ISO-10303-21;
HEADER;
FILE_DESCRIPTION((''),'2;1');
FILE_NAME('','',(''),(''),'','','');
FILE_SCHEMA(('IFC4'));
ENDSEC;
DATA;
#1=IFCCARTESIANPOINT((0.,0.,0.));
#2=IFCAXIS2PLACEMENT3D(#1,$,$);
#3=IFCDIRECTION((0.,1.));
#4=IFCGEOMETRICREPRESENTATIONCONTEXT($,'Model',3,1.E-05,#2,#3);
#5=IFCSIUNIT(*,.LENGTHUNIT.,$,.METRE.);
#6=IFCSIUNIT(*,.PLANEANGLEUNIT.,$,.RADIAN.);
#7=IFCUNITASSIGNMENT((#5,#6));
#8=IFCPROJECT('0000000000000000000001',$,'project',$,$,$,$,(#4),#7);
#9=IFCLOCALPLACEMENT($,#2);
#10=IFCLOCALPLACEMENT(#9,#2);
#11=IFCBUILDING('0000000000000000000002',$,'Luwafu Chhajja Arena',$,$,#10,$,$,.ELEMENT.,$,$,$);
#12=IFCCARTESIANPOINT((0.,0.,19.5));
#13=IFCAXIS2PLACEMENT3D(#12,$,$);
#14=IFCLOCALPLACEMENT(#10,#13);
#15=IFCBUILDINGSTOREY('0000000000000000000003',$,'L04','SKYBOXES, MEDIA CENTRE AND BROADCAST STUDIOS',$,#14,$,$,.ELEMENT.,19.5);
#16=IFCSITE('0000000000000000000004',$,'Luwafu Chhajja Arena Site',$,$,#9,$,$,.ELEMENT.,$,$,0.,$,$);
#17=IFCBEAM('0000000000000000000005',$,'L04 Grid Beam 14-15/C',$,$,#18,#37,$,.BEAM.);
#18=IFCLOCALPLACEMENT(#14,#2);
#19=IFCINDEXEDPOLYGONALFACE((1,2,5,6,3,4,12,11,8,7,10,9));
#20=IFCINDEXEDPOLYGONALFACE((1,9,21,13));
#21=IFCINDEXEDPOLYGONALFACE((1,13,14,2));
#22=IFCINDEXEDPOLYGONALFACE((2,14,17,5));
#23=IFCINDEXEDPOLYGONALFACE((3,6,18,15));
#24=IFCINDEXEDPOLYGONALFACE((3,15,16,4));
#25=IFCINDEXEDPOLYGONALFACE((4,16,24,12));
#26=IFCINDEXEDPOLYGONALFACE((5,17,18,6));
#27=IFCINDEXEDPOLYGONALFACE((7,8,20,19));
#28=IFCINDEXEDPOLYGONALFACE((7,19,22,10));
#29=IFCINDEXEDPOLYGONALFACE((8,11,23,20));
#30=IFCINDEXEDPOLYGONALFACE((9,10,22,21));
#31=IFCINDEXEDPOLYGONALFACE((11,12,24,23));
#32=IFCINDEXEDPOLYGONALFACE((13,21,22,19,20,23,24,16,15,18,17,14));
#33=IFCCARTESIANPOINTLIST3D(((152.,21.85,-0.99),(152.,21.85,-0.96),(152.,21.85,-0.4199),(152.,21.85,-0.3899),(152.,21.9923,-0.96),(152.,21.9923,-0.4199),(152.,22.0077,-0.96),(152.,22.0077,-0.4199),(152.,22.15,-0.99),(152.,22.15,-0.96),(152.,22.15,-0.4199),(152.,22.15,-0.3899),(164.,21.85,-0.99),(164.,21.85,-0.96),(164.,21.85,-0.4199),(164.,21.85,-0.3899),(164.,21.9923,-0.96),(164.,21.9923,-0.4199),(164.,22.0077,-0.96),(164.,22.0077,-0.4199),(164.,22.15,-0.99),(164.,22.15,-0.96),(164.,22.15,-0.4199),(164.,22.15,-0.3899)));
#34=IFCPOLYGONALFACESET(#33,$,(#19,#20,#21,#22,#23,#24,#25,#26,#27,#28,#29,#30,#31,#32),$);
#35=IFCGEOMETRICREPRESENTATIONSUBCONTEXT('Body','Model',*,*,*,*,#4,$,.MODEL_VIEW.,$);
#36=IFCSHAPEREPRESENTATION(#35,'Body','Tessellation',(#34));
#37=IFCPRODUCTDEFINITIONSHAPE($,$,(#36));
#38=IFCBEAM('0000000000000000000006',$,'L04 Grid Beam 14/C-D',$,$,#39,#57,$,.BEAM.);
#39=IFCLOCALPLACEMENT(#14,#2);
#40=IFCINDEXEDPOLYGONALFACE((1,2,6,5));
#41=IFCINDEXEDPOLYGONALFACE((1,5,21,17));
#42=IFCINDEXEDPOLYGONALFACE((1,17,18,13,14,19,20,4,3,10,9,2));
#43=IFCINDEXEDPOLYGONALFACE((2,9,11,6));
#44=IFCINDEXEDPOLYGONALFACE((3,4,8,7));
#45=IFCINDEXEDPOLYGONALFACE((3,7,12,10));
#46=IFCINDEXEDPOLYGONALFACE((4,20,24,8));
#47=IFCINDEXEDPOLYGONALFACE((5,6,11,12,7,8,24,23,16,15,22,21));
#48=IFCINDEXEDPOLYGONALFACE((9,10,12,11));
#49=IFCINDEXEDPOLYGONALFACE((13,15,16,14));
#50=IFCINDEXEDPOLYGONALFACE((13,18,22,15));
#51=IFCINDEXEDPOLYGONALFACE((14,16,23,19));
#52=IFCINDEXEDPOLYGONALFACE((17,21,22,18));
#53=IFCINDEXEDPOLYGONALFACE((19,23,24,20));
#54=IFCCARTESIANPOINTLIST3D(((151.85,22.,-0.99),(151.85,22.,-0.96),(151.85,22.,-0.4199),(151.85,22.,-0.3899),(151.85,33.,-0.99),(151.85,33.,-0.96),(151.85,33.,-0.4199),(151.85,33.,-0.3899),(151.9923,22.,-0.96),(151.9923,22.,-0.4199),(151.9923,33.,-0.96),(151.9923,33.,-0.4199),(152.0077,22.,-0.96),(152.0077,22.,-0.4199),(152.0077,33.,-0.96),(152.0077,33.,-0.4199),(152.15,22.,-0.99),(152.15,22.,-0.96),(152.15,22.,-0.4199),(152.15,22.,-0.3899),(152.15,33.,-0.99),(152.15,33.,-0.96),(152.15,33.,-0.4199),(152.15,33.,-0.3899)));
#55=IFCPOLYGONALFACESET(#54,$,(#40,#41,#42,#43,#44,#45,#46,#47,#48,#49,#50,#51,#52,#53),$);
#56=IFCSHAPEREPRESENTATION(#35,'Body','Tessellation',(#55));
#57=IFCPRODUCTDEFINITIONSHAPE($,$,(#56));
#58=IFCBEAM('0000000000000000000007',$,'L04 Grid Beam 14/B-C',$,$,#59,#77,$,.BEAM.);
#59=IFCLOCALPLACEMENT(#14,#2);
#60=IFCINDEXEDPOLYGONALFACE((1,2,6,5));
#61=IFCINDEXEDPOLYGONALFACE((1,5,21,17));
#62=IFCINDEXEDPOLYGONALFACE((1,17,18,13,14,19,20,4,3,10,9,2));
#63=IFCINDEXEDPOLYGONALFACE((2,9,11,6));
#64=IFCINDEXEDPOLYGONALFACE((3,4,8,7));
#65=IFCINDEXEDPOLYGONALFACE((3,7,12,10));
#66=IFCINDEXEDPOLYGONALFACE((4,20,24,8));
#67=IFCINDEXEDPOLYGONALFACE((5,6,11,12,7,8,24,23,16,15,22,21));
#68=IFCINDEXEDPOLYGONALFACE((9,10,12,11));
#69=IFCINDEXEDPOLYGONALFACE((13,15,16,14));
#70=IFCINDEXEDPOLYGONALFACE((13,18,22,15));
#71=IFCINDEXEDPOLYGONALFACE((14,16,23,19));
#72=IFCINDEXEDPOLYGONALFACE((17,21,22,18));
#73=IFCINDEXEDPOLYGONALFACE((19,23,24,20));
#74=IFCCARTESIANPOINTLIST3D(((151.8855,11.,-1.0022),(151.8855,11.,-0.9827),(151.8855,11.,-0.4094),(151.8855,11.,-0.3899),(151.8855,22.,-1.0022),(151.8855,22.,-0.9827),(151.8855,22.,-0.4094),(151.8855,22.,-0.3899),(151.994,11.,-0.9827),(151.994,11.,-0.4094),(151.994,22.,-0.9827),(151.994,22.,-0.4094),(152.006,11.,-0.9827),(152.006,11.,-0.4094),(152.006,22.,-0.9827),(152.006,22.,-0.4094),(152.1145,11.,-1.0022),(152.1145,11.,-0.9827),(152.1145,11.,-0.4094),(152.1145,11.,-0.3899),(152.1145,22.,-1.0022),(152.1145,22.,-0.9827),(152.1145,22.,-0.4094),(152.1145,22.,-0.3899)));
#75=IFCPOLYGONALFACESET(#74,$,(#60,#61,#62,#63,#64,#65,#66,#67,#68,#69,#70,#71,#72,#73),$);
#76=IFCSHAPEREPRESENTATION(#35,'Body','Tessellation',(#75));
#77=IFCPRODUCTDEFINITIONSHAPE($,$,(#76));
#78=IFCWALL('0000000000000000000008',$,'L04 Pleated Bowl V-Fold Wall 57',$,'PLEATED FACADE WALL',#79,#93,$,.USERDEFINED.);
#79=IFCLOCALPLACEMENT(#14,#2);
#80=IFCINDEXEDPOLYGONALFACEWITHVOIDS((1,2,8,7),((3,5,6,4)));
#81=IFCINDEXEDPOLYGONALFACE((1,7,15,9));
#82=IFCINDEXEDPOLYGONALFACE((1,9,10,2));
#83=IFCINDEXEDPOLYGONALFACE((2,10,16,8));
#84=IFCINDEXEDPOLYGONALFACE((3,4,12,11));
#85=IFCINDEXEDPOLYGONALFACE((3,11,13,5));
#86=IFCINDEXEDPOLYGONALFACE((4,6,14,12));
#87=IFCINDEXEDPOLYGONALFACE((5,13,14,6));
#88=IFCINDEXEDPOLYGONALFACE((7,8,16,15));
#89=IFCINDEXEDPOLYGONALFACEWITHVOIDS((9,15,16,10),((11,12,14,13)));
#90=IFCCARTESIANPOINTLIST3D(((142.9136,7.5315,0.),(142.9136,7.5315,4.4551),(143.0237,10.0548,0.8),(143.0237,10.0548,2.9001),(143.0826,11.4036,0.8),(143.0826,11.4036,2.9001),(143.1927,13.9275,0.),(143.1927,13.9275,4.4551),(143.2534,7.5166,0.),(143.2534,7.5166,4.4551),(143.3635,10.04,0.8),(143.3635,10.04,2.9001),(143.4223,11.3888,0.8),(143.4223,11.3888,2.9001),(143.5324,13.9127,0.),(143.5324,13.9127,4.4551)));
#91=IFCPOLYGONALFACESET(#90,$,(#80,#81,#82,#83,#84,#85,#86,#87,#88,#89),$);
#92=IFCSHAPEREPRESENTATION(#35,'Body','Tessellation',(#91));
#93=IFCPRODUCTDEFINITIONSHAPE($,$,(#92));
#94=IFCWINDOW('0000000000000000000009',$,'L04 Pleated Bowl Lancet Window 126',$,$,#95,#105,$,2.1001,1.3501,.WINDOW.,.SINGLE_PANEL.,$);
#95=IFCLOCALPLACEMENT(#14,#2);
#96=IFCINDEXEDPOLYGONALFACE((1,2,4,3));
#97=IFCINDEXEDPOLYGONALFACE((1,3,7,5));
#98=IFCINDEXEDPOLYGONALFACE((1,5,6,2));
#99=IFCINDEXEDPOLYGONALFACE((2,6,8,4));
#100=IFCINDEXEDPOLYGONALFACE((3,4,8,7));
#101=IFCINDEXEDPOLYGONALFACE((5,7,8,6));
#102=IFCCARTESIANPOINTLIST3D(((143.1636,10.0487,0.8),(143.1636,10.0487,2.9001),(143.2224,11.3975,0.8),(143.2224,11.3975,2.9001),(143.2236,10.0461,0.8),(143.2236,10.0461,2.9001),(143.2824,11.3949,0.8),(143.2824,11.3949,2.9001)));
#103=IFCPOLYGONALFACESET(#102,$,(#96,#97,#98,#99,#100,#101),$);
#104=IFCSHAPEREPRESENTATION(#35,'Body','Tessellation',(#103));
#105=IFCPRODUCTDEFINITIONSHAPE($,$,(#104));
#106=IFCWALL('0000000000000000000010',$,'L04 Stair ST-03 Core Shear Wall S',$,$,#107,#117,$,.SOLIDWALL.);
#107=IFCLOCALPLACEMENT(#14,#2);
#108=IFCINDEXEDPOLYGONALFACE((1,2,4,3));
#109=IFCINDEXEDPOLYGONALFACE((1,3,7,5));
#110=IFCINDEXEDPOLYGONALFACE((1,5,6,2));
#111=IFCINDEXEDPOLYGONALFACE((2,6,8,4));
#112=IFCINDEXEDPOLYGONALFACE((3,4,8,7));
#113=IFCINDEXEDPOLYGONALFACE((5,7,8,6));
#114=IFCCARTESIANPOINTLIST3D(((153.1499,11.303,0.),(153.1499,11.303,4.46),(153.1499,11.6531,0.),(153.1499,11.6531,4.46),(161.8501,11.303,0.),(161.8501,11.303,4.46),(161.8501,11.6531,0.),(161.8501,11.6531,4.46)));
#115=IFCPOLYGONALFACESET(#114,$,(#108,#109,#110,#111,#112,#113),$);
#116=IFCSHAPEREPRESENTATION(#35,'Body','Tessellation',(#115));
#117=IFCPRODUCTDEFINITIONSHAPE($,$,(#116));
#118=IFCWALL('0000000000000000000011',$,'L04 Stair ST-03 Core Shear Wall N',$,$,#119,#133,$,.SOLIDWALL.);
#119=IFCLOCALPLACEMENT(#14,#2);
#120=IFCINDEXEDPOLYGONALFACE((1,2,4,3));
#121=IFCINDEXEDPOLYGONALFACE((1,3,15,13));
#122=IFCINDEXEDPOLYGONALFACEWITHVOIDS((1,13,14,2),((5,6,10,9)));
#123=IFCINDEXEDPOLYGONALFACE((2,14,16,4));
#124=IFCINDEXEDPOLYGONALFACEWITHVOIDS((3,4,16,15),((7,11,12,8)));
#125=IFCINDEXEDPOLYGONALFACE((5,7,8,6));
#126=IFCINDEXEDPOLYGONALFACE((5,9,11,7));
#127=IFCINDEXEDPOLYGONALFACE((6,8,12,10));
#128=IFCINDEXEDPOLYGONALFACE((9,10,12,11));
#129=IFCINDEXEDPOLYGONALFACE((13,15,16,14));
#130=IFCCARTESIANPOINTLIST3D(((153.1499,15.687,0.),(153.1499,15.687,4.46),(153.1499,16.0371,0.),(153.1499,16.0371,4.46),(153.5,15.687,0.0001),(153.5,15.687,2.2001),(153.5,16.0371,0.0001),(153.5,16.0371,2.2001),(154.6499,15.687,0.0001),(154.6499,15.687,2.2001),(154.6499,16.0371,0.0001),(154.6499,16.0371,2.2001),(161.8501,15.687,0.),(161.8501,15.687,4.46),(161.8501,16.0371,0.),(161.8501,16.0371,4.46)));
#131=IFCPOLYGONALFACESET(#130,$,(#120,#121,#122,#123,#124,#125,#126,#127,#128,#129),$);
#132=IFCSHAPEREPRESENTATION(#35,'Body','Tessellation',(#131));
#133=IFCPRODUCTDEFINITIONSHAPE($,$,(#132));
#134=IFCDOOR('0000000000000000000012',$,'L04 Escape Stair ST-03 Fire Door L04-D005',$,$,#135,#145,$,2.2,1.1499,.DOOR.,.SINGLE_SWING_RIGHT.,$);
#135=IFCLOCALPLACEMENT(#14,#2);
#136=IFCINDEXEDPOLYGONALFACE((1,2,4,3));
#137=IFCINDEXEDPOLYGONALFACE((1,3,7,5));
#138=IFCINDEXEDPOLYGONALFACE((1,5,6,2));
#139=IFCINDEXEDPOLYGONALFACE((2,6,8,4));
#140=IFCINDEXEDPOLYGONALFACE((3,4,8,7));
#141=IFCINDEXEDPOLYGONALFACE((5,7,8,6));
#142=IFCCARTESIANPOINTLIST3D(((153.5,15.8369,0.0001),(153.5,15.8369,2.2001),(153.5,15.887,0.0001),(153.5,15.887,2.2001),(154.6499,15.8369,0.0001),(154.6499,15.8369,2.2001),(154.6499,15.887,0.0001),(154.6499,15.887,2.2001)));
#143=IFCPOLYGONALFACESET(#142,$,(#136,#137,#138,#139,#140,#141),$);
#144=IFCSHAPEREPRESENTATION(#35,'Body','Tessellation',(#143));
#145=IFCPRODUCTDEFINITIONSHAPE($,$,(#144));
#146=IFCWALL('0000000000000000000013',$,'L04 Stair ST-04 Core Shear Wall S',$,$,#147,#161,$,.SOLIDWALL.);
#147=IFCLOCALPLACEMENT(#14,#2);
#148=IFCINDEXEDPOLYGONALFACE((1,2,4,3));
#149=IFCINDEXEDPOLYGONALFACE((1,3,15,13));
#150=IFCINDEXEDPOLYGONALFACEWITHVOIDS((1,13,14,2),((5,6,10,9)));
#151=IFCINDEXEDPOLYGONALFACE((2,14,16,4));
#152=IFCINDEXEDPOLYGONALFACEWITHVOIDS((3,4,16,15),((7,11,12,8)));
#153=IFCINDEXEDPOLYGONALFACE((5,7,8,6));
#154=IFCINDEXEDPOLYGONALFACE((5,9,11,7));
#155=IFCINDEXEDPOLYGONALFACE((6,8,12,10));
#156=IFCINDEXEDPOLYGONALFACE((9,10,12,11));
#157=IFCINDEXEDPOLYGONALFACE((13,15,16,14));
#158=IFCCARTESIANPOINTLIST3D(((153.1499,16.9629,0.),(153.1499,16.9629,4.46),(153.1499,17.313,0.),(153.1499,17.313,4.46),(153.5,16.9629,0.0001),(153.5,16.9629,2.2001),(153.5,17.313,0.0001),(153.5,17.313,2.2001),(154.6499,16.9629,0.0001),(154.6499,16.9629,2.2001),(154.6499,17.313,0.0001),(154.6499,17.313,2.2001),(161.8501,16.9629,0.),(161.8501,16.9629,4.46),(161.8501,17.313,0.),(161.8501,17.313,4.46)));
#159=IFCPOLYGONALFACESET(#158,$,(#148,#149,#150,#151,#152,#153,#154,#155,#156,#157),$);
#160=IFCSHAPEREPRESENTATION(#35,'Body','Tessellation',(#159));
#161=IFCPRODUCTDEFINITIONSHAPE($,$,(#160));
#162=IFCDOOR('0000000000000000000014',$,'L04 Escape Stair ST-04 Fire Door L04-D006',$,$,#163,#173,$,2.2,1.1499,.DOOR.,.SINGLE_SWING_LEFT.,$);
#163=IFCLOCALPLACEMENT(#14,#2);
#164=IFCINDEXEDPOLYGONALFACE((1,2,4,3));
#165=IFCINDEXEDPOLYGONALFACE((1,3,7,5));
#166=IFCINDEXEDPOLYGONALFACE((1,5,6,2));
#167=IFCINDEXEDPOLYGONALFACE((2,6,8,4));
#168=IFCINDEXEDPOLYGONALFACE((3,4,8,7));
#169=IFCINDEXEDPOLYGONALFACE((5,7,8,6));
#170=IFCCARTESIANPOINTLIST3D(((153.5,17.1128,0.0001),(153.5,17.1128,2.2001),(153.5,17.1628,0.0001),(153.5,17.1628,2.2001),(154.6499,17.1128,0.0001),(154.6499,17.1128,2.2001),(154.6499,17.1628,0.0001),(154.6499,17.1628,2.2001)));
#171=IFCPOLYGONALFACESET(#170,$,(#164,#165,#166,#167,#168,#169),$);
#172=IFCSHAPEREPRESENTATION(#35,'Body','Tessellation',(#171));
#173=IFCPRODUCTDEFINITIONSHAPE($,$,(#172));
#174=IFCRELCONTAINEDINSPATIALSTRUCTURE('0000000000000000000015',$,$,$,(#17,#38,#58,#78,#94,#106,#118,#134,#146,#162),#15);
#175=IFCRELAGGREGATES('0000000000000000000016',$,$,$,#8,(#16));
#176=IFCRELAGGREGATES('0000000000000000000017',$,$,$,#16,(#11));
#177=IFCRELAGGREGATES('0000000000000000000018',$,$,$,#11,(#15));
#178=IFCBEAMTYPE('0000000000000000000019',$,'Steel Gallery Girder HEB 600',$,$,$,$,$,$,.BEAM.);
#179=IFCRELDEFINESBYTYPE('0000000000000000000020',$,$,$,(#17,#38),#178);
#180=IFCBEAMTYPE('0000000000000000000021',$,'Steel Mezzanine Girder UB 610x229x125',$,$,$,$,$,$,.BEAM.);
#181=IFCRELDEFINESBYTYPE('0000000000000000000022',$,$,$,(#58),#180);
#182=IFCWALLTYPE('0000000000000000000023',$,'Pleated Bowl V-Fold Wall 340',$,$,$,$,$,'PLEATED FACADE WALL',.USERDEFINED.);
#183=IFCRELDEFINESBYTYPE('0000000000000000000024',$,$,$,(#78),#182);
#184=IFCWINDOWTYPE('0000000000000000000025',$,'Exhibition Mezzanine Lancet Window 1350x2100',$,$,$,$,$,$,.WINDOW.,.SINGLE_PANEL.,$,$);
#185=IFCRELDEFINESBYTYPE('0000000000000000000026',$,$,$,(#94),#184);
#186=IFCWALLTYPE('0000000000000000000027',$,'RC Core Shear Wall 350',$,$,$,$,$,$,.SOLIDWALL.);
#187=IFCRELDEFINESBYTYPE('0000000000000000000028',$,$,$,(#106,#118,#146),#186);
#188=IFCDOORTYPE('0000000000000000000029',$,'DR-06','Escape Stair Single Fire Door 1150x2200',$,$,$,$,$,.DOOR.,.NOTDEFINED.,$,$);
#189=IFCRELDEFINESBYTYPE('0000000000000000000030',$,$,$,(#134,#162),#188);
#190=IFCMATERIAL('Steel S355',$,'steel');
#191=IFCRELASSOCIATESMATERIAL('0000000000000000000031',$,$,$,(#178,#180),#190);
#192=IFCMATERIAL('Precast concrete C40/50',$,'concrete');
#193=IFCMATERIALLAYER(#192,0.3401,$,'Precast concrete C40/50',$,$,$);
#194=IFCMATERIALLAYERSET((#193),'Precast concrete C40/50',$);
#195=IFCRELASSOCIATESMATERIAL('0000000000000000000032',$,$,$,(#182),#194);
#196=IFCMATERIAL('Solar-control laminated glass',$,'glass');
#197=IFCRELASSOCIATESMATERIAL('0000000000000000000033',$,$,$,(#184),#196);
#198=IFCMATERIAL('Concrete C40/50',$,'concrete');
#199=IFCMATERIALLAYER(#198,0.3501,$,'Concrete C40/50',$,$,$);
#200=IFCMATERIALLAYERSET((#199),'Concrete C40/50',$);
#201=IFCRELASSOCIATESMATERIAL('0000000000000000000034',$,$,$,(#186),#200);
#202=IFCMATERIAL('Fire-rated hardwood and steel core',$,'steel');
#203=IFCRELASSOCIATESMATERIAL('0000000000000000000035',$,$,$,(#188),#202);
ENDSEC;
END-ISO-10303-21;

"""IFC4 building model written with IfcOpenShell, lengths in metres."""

from ifc_helpers import new_model, si_unit, direction, frame, frame_2d, origin, origin_2d, place, context, subcontext, project, spatial, rectangle, i_section, extrude, material, layer, layer_set, material_profile, profile_set, type_object, element, fill, save


model = new_model("IFC4")

# Units and contexts
model_context = context("Model", 3, precision=1e-05, world=origin(), true_north=direction((0.0, 1.0)))
body_context = subcontext(model_context, "Body", "Model", "MODEL_VIEW")
ifc_project = project(units=[si_unit("LENGTHUNIT", "METRE"), si_unit("PLANEANGLEUNIT", "RADIAN")], contexts=[model_context])

# Site, building, storey
site_placement = place(None, origin())
site = spatial("IfcSite", under=ifc_project, at=site_placement, Name="Luwafu Chhajja Arena Site", CompositionType="ELEMENT", RefElevation=0.0)
building_placement = place(site_placement, origin())
building = spatial("IfcBuilding", under=site, at=building_placement, Name="Luwafu Chhajja Arena", CompositionType="ELEMENT")
storey_placement = place(building_placement, frame((0.0, 0.0, 19.5)))
storey = spatial("IfcBuildingStorey", under=building, at=storey_placement, Name="L04", Description="SKYBOXES, MEDIA CENTRE AND BROADCAST STUDIOS", CompositionType="ELEMENT", Elevation=19.5)

# Shared definitions
ifc_material_1 = material(Name="Steel S355", Category="steel")

# Beams
ifc_material_profile_1 = material_profile(ifc_material_1, i_section(OverallWidth=0.3, OverallDepth=0.6001, WebThickness=0.0154, FlangeThickness=0.03, at=origin_2d()), Name="HEB 600")
ifc_profile_set_1 = profile_set([ifc_material_profile_1], Name="Steel S355")
beam_type_1 = type_object("IfcBeamType", Name="Steel Gallery Girder HEB 600", PredefinedType="BEAM", material=ifc_profile_set_1)
beam_1_placement = place(storey_placement, frame((152.0, 22.0, -0.6899), z_axis=(1.0, 0.0, 0.0), x_axis=(0.0, 1.0, 0.0)))
element("IfcBeam", 1, at=beam_1_placement, inside=storey, type_object=beam_type_1, Name="L04 Grid Beam 14-15/C", PredefinedType="BEAM", context=body_context, shape_type="SweptSolid", body=[
    extrude(i_section(OverallWidth=0.3, OverallDepth=0.6001, WebThickness=0.0154, FlangeThickness=0.03, at=origin_2d()), origin(), (0.0, 0.0, 1.0), 12.0),
])
beam_2_placement = place(storey_placement, frame((152.0, 22.0, -0.6899), z_axis=(0.0, 1.0, 0.0), x_axis=(-1.0, 0.0, 0.0)))
element("IfcBeam", 2, at=beam_2_placement, inside=storey, type_object=beam_type_1, Name="L04 Grid Beam 14/C-D", PredefinedType="BEAM", context=body_context, shape_type="SweptSolid", body=[
    extrude(i_section(OverallWidth=0.3, OverallDepth=0.6001, WebThickness=0.0154, FlangeThickness=0.03, at=origin_2d()), origin(), (0.0, 0.0, 1.0), 11.0),
])
ifc_material_profile_2 = material_profile(ifc_material_1, i_section(OverallWidth=0.229, OverallDepth=0.6123, WebThickness=0.012, FlangeThickness=0.0195, at=origin_2d()), Name="UB 610x229x125")
ifc_profile_set_2 = profile_set([ifc_material_profile_2], Name="Steel S355")
beam_type_2 = type_object("IfcBeamType", Name="Steel Mezzanine Girder UB 610x229x125", PredefinedType="BEAM", material=ifc_profile_set_2)
beam_3_placement = place(storey_placement, frame((152.0, 11.0, -0.696), z_axis=(0.0, 1.0, 0.0), x_axis=(-1.0, 0.0, 0.0)))
element("IfcBeam", 3, at=beam_3_placement, inside=storey, type_object=beam_type_2, Name="L04 Grid Beam 14/B-C", PredefinedType="BEAM", context=body_context, shape_type="SweptSolid", body=[
    extrude(i_section(OverallWidth=0.229, OverallDepth=0.6123, WebThickness=0.012, FlangeThickness=0.0195, at=origin_2d()), origin(), (0.0, 0.0, 1.0), 11.0),
])

# Wall, opening, window
ifc_material_2 = material(Name="Precast concrete C40/50", Category="concrete")
ifc_layer_1 = layer(ifc_material_2, 0.3401, Name="Precast concrete C40/50")
ifc_layer_set_1 = layer_set([ifc_layer_1], Name="Precast concrete C40/50")
wall_type_1 = type_object("IfcWallType", Name="Pleated Bowl V-Fold Wall 340", ElementType="PLEATED FACADE WALL", PredefinedType="USERDEFINED", material=ifc_layer_set_1)
wall_1_placement = place(storey_placement, frame((143.0835, 7.5239, 0.0), z_axis=(0.0, 0.0, 1.0), x_axis=(0.043588, 0.99905, 0.0)))
wall_1 = element("IfcWall", 4, at=wall_1_placement, inside=storey, type_object=wall_type_1, Name="L04 Pleated Bowl V-Fold Wall 57", ObjectType="PLEATED FACADE WALL", PredefinedType="USERDEFINED", context=body_context, shape_type="SweptSolid", body=[
    extrude(rectangle(XDim=6.4021, YDim=0.3401, at=frame_2d((3.2012, 0.0))), origin(), (0.0, 0.0, 1.0), 4.4551),
])
opening_1_placement = place(wall_1_placement, frame((2.5259, 0.0, 0.8)))
opening_1 = element("IfcOpeningElement", 5, at=opening_1_placement, cuts=wall_1, PredefinedType="OPENING", context=body_context, shape_type="SweptSolid", body=[
    extrude(rectangle(XDim=1.3501, YDim=2.1001, at=frame_2d((0.675, 1.05))), frame((0.0, 0.1799, 0.0), z_axis=(0.0, -1.0, 0.0), x_axis=(1.0, 0.0, 0.0)), (0.0, 0.0, 1.0), 0.3601),
])
ifc_material_3 = material(Name="Solar-control laminated glass", Category="glass")
window_type_1 = type_object("IfcWindowType", Name="Exhibition Mezzanine Lancet Window 1350x2100", PartitioningType="SINGLE_PANEL", PredefinedType="WINDOW", material=ifc_material_3)
window_1_placement = place(opening_1_placement, origin())
window_1 = element("IfcWindow", 6, at=window_1_placement, inside=storey, type_object=window_type_1, Name="L04 Pleated Bowl Lancet Window 126", OverallHeight=2.1001, OverallWidth=1.3501, PartitioningType="SINGLE_PANEL", PredefinedType="WINDOW", context=body_context, shape_type="SweptSolid", body=[
    extrude(rectangle(XDim=1.3501, YDim=2.1001, at=frame_2d((0.675, 1.05))), frame((0.0, 0.03, 0.0), z_axis=(0.0, -1.0, 0.0), x_axis=(1.0, 0.0, 0.0)), (0.0, 0.0, 1.0), 0.0601),
])
fill(opening_1, window_1)

# Wall
ifc_material_4 = material(Name="Concrete C40/50", Category="concrete")
ifc_layer_2 = layer(ifc_material_4, 0.3501, Name="Concrete C40/50")
ifc_layer_set_2 = layer_set([ifc_layer_2], Name="Concrete C40/50")
wall_type_2 = type_object("IfcWallType", Name="RC Core Shear Wall 350", PredefinedType="SOLIDWALL", material=ifc_layer_set_2)
wall_2_placement = place(storey_placement, frame((153.1499, 11.478, 0.0), z_axis=(0.0, 0.0, 1.0), x_axis=(1.0, 0.0, 0.0)))
element("IfcWall", 7, at=wall_2_placement, inside=storey, type_object=wall_type_2, Name="L04 Stair ST-03 Core Shear Wall S", PredefinedType="SOLIDWALL", context=body_context, shape_type="SweptSolid", body=[
    extrude(rectangle(XDim=8.7002, YDim=0.3501, at=frame_2d((4.3501, 0.0))), origin(), (0.0, 0.0, 1.0), 4.46),
])

# Walls, openings, doors
wall_3_placement = place(storey_placement, frame((153.1499, 15.8621, 0.0), z_axis=(0.0, 0.0, 1.0), x_axis=(1.0, 0.0, 0.0)))
wall_3 = element("IfcWall", 8, at=wall_3_placement, inside=storey, type_object=wall_type_2, Name="L04 Stair ST-03 Core Shear Wall N", PredefinedType="SOLIDWALL", context=body_context, shape_type="SweptSolid", body=[
    extrude(rectangle(XDim=8.7002, YDim=0.3501, at=frame_2d((4.3501, 0.0))), origin(), (0.0, 0.0, 1.0), 4.46),
])
opening_2_placement = place(wall_3_placement, frame((0.3501, 0.0, 0.0)))
opening_2 = element("IfcOpeningElement", 9, at=opening_2_placement, cuts=wall_3, PredefinedType="OPENING", context=body_context, shape_type="SweptSolid", body=[
    extrude(rectangle(XDim=1.1499, YDim=2.2, at=frame_2d((0.575, 1.1001))), frame((0.0, 0.1851, 0.0), z_axis=(0.0, -1.0, 0.0), x_axis=(1.0, 0.0, 0.0)), (0.0, 0.0, 1.0), 0.3701),
])
ifc_material_5 = material(Name="Fire-rated hardwood and steel core", Category="steel")
door_type = type_object("IfcDoorType", Name="DR-06", Description="Escape Stair Single Fire Door 1150x2200", OperationType="NOTDEFINED", PredefinedType="DOOR", material=ifc_material_5)
door_1_placement = place(opening_2_placement, origin())
door_1 = element("IfcDoor", 10, at=door_1_placement, inside=storey, type_object=door_type, Name="L04 Escape Stair ST-03 Fire Door L04-D005", OperationType="SINGLE_SWING_RIGHT", OverallHeight=2.2, OverallWidth=1.1499, PredefinedType="DOOR", context=body_context, shape_type="SweptSolid", body=[
    extrude(rectangle(XDim=1.1499, YDim=2.2, at=frame_2d((0.575, 1.1001))), frame((0.0, 0.0249, 0.0), z_axis=(0.0, -1.0, 0.0), x_axis=(1.0, 0.0, 0.0)), (0.0, 0.0, 1.0), 0.05),
])
fill(opening_2, door_1)
wall_4_placement = place(storey_placement, frame((153.1499, 17.1379, 0.0), z_axis=(0.0, 0.0, 1.0), x_axis=(1.0, 0.0, 0.0)))
wall_4 = element("IfcWall", 11, at=wall_4_placement, inside=storey, type_object=wall_type_2, Name="L04 Stair ST-04 Core Shear Wall S", PredefinedType="SOLIDWALL", context=body_context, shape_type="SweptSolid", body=[
    extrude(rectangle(XDim=8.7002, YDim=0.3501, at=frame_2d((4.3501, 0.0))), origin(), (0.0, 0.0, 1.0), 4.46),
])
opening_3_placement = place(wall_4_placement, frame((0.3501, 0.0, 0.0)))
opening_3 = element("IfcOpeningElement", 12, at=opening_3_placement, cuts=wall_4, PredefinedType="OPENING", context=body_context, shape_type="SweptSolid", body=[
    extrude(rectangle(XDim=1.1499, YDim=2.2, at=frame_2d((0.575, 1.1001))), frame((0.0, 0.1851, 0.0), z_axis=(0.0, -1.0, 0.0), x_axis=(1.0, 0.0, 0.0)), (0.0, 0.0, 1.0), 0.3701),
])
door_2_placement = place(opening_3_placement, origin())
door_2 = element("IfcDoor", 13, at=door_2_placement, inside=storey, type_object=door_type, Name="L04 Escape Stair ST-04 Fire Door L04-D006", OperationType="SINGLE_SWING_LEFT", OverallHeight=2.2, OverallWidth=1.1499, PredefinedType="DOOR", context=body_context, shape_type="SweptSolid", body=[
    extrude(rectangle(XDim=1.1499, YDim=2.2, at=frame_2d((0.575, 1.1001))), frame((0.0, 0.0249, 0.0), z_axis=(0.0, -1.0, 0.0), x_axis=(1.0, 0.0, 0.0)), (0.0, 0.0, 1.0), 0.05),
])
fill(opening_3, door_2)

save(model, "model.ifc")
